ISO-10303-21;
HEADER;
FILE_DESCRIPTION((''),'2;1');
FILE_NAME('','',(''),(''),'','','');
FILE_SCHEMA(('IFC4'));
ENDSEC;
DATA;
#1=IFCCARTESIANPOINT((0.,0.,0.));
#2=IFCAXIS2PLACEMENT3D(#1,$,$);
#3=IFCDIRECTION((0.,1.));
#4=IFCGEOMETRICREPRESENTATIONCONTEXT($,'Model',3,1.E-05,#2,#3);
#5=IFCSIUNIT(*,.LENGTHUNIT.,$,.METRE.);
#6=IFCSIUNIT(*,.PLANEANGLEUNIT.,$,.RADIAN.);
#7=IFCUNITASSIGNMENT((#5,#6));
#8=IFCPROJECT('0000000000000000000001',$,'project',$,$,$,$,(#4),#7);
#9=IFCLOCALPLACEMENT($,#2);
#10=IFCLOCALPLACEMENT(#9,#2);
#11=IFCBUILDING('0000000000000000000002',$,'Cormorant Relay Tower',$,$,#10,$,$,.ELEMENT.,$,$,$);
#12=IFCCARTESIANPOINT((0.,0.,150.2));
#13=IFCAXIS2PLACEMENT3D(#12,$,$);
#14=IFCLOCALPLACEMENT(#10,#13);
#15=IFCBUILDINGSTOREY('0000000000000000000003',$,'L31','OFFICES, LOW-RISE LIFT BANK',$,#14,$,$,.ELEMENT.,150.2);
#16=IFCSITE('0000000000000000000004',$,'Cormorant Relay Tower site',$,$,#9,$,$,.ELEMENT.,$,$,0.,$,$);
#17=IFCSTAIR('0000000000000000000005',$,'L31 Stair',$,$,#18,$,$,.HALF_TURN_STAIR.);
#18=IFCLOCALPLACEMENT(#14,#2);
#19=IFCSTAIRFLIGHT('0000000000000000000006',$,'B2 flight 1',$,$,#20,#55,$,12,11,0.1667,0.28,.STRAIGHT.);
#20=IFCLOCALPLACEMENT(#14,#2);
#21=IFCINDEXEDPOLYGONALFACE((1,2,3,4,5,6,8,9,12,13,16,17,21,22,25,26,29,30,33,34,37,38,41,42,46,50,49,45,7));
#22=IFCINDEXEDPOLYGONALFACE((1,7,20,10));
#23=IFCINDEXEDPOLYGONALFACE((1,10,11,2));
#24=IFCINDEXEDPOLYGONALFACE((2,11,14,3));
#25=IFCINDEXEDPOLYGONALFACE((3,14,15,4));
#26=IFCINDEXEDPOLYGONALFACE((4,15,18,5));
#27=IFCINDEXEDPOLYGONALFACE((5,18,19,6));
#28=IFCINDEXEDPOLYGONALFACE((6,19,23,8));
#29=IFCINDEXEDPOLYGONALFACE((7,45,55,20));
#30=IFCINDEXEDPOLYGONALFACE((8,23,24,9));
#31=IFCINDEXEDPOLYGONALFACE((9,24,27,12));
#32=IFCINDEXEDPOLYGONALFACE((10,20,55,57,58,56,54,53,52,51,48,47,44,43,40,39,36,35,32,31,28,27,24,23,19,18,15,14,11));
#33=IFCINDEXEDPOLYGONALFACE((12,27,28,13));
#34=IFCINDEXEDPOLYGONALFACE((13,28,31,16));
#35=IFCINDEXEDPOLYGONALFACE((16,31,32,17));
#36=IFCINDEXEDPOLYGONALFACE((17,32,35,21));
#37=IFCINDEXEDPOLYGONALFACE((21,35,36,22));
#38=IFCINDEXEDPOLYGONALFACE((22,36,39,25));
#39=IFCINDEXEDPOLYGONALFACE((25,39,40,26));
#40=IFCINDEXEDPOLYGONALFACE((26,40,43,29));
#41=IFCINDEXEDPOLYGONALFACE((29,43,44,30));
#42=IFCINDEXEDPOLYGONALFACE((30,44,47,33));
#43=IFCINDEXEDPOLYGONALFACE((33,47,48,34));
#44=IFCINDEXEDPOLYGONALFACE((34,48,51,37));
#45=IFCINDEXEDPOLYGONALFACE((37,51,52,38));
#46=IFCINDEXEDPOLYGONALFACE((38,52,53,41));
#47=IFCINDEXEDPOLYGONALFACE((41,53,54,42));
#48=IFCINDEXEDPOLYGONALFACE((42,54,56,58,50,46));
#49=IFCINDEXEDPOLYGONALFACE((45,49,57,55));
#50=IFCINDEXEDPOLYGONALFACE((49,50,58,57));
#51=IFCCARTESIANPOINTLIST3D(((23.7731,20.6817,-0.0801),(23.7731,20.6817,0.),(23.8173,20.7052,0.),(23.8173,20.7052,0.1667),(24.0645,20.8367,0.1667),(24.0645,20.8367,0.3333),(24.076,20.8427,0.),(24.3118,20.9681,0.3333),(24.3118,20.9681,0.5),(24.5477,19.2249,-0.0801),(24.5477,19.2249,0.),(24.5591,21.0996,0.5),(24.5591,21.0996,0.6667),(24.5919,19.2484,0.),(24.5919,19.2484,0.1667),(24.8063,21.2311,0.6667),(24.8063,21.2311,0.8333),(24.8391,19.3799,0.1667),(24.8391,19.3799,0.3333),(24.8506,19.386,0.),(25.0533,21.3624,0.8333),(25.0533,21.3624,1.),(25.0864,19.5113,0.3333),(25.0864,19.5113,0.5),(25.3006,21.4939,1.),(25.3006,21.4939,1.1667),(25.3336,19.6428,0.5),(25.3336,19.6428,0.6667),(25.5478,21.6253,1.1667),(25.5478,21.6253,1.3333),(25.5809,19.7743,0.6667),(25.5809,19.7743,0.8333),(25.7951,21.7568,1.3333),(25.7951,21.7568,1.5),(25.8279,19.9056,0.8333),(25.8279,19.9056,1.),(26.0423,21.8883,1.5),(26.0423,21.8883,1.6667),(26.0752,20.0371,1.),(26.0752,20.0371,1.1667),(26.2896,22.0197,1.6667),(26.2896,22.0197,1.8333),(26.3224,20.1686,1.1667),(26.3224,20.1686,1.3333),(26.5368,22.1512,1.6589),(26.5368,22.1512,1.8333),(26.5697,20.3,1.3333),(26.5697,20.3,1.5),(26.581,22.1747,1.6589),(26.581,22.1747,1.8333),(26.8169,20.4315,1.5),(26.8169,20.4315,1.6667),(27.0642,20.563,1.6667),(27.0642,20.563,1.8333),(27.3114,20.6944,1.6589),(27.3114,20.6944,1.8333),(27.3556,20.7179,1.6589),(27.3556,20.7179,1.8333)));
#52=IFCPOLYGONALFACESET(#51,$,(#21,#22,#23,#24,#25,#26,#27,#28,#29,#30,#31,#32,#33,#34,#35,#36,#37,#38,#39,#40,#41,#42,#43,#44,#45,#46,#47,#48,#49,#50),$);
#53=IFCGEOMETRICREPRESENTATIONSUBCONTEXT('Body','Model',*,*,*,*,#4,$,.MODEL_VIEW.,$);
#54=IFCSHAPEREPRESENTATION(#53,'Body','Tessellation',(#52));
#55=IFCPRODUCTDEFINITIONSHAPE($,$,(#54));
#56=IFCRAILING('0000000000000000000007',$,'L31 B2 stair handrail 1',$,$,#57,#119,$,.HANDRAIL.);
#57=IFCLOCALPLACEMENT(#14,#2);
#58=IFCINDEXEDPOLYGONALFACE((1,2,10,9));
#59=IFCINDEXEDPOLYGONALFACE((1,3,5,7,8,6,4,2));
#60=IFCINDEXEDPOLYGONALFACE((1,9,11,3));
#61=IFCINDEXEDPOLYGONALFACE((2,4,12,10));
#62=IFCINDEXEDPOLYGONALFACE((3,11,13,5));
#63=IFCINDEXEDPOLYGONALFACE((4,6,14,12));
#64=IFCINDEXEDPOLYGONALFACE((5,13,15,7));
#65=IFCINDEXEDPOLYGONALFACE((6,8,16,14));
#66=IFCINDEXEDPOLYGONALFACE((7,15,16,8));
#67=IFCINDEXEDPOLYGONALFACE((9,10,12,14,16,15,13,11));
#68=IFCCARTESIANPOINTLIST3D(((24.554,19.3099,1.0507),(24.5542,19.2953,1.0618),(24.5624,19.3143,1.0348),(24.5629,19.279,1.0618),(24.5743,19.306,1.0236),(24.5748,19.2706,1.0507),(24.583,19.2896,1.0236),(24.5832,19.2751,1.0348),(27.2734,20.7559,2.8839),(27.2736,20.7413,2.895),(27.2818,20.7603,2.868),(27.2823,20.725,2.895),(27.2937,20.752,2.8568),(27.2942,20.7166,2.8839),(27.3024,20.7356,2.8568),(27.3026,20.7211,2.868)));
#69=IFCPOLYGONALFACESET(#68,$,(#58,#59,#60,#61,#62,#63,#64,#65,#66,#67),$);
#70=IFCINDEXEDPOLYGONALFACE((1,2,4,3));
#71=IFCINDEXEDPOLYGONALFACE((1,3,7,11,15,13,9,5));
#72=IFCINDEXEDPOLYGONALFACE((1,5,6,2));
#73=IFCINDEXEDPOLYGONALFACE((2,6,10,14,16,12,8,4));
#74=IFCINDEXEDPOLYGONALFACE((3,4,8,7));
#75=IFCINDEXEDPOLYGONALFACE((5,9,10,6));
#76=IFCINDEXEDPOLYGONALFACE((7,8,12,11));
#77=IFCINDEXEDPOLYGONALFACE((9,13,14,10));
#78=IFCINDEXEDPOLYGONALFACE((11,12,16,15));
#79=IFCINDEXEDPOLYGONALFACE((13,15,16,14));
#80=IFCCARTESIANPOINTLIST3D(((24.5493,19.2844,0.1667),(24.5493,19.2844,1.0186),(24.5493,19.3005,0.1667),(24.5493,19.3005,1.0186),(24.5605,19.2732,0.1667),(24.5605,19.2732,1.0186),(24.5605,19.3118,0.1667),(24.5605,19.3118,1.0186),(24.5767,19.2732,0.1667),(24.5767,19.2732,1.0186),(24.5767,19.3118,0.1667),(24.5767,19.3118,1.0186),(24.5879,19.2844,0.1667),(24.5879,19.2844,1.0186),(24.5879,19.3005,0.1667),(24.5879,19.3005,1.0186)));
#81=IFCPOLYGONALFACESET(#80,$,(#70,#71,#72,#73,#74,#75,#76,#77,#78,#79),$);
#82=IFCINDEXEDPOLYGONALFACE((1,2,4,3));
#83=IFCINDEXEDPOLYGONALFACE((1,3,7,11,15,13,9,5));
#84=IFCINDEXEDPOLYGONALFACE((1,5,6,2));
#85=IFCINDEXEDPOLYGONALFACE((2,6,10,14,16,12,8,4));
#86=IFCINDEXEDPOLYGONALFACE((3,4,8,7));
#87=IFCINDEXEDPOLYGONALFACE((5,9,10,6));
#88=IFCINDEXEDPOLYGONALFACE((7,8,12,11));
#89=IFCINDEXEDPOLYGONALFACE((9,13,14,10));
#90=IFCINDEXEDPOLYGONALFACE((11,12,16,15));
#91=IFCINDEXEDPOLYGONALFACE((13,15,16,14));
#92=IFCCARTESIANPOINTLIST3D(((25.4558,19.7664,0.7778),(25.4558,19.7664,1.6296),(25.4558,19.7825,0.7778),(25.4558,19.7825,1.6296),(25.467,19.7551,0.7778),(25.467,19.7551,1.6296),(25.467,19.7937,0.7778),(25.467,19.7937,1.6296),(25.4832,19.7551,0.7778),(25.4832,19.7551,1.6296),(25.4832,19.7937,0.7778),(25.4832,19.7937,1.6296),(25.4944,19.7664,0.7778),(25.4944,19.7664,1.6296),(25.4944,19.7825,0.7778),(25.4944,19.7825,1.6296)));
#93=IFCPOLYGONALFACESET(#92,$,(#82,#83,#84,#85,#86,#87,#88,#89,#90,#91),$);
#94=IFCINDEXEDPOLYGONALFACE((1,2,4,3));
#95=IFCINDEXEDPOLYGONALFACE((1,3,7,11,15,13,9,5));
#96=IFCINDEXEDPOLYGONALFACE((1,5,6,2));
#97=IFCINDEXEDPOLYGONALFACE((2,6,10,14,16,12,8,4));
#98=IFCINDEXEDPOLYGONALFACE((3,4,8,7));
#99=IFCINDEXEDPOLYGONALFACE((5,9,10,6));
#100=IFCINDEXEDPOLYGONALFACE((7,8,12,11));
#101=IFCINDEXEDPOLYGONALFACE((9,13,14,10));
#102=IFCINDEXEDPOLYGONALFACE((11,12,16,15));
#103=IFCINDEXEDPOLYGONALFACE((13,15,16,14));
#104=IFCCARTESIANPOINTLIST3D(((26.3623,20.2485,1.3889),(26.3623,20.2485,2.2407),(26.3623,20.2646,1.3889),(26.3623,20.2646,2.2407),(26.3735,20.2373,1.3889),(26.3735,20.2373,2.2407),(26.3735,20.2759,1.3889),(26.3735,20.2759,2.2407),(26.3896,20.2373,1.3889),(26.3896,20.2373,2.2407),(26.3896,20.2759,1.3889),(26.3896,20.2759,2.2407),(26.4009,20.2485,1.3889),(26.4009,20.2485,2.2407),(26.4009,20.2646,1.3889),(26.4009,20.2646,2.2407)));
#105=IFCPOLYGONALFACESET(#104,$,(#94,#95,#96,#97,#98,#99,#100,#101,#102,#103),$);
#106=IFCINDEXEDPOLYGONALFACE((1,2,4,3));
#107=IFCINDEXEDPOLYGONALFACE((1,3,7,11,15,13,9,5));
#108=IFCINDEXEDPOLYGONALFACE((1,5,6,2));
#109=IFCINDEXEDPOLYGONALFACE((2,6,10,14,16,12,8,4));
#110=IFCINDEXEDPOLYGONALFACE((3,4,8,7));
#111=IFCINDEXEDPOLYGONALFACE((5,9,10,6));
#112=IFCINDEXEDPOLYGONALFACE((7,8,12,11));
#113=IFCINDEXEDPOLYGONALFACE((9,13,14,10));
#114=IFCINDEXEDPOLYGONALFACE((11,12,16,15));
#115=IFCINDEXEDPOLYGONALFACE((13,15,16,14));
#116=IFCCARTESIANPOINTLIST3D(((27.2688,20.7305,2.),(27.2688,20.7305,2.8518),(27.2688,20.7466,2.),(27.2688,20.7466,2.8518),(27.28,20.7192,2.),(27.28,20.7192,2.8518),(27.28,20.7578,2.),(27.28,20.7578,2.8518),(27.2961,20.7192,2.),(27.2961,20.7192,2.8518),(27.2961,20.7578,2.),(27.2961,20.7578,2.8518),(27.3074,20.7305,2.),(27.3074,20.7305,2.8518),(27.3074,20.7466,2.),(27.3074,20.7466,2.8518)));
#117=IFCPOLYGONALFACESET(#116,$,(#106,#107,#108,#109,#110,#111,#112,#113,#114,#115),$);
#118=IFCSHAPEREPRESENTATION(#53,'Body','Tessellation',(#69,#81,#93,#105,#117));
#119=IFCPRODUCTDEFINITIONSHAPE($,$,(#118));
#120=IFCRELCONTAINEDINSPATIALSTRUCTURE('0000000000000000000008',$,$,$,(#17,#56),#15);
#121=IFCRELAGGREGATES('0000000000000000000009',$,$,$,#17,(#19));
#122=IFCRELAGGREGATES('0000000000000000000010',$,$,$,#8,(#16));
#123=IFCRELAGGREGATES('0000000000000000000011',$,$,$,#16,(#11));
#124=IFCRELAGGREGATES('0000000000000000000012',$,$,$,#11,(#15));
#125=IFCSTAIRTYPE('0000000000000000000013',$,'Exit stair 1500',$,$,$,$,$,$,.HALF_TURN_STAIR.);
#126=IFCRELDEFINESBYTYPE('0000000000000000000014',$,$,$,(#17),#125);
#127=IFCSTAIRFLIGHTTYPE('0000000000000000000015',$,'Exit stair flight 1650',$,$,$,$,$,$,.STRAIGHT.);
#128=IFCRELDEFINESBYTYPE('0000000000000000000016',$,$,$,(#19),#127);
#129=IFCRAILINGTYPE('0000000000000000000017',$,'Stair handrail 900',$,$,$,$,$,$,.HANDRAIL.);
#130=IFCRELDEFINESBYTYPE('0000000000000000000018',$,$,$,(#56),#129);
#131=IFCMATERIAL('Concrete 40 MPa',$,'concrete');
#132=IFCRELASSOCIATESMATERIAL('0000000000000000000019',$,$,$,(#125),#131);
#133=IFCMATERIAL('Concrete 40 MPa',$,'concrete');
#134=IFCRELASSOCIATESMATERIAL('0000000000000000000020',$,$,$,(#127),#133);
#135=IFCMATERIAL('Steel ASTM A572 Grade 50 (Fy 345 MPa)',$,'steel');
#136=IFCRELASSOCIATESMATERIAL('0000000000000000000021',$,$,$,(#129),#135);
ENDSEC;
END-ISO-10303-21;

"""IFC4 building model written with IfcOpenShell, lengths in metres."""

from ifc_helpers import new_model, si_unit, direction, frame, origin, place, context, subcontext, project, spatial, polyline, outline, extrude, material, type_object, element, aggregate, save


model = new_model("IFC4")

# Units and contexts
model_context = context("Model", 3, precision=1e-05, world=origin(), true_north=direction((0.0, 1.0)))
body_context = subcontext(model_context, "Body", "Model", "MODEL_VIEW")
ifc_project = project(units=[si_unit("LENGTHUNIT", "METRE"), si_unit("PLANEANGLEUNIT", "RADIAN")], contexts=[model_context])

# Site, building, storey
site_placement = place(None, origin())
site = spatial("IfcSite", under=ifc_project, at=site_placement, Name="Cormorant Relay Tower site", CompositionType="ELEMENT", RefElevation=0.0)
building_placement = place(site_placement, origin())
building = spatial("IfcBuilding", under=site, at=building_placement, Name="Cormorant Relay Tower", CompositionType="ELEMENT")
storey_placement = place(building_placement, frame((0.0, 0.0, 150.2)))
storey = spatial("IfcBuildingStorey", under=building, at=storey_placement, Name="L31", Description="OFFICES, LOW-RISE LIFT BANK", CompositionType="ELEMENT", Elevation=150.2)

# Stair, stair flight
ifc_material_1 = material(Name="Concrete 40 MPa", Category="concrete")
stair_type = type_object("IfcStairType", Name="Exit stair 1500", PredefinedType="HALF_TURN_STAIR", material=ifc_material_1)
stair_placement = place(storey_placement, origin())
stair = element("IfcStair", 1, at=stair_placement, inside=storey, type_object=stair_type, Name="L31 Stair", PredefinedType="HALF_TURN_STAIR")
ifc_material_2 = material(Name="Concrete 40 MPa", Category="concrete")
stair_flight_type = type_object("IfcStairFlightType", Name="Exit stair flight 1650", PredefinedType="STRAIGHT", material=ifc_material_2)
stair_flight_placement = place(storey_placement, frame((24.2046, 19.9768, 0.0), z_axis=(0.0, 0.0, 1.0), x_axis=(0.882948, 0.469472, 0.0)))
stair_flight = element("IfcStairFlight", 2, at=stair_flight_placement, type_object=stair_flight_type, Name="B2 flight 1", NumberOfRisers=12, NumberOfTreads=11, PredefinedType="STRAIGHT", RiserHeight=0.1667, TreadLength=0.28, context=body_context, shape_type="SweptSolid", body=[
    extrude(outline(polyline([(-0.05, -0.0801), (-0.05, 0.0), (0.0, 0.0), (0.0, 0.1667), (0.28, 0.1667), (0.28, 0.3333), (0.5601, 0.3333), (0.5601, 0.5), (0.8401, 0.5), (0.8401, 0.6667), (1.1201, 0.6667), (1.1201, 0.8333), (1.3999, 0.8333), (1.3999, 1.0), (1.6799, 1.0), (1.6799, 1.1667), (1.96, 1.1667), (1.96, 1.3333), (2.24, 1.3333), (2.24, 1.5), (2.52, 1.5), (2.52, 1.6667), (2.8, 1.6667), (2.8, 1.8333), (3.0801, 1.8333), (3.1301, 1.8333), (3.1301, 1.6589), (3.0801, 1.6589), (0.293, 0.0), (-0.05, -0.0801)])), frame((0.0, 0.825, 0.0), z_axis=(0.0, -1.0, 0.0), x_axis=(1.0, 0.0, 0.0)), (0.0, 0.0, 1.0), 1.6499),
])
aggregate(stair, [stair_flight])

# Railing
ifc_material_3 = material(Name="Steel ASTM A572 Grade 50 (Fy 345 MPa)", Category="steel")
railing_type = type_object("IfcRailingType", Name="Stair handrail 900", PredefinedType="HANDRAIL", material=ifc_material_3)
railing_placement = place(storey_placement, frame((24.5686, 19.2925, 0.1667)))
element("IfcRailing", 3, at=railing_placement, inside=storey, type_object=railing_type, Name="L31 B2 stair handrail 1", PredefinedType="HANDRAIL", context=body_context, shape_type="SweptSolid", body=[
    extrude(outline(polyline([(0.0222, 0.0093), (0.0093, 0.0222), (-0.0093, 0.0222), (-0.0222, 0.0093), (-0.0222, -0.0093), (-0.0093, -0.0222), (0.0093, -0.0222), (0.0222, -0.0093), (0.0222, 0.0093)])), frame((0.0, 0.0, 0.876), z_axis=(0.758714, 0.403435, 0.511463), x_axis=(-0.469489, 0.882938, 0.0)), (0.0, 0.0, 1.0), 3.5842),
    extrude(outline(polyline([(0.0193, 0.0081), (0.0081, 0.0193), (-0.0081, 0.0193), (-0.0193, 0.0081), (-0.0193, -0.0081), (-0.0081, -0.0193), (0.0081, -0.0193), (0.0193, -0.0081), (0.0193, 0.0081)])), origin(), (0.0, 0.0, 1.0), 0.8518),
    extrude(outline(polyline([(0.0193, 0.0081), (0.0081, 0.0193), (-0.0081, 0.0193), (-0.0193, 0.0081), (-0.0193, -0.0081), (-0.0081, -0.0193), (0.0081, -0.0193), (0.0193, -0.0081), (0.0193, 0.0081)])), frame((0.9065, 0.4819, 0.6111)), (0.0, 0.0, 1.0), 0.8518),
    extrude(outline(polyline([(0.0193, 0.0081), (0.0081, 0.0193), (-0.0081, 0.0193), (-0.0193, 0.0081), (-0.0193, -0.0081), (-0.0081, -0.0193), (0.0081, -0.0193), (0.0193, -0.0081), (0.0193, 0.0081)])), frame((1.813, 0.9641, 1.2222)), (0.0, 0.0, 1.0), 0.8518),
    extrude(outline(polyline([(0.0193, 0.0081), (0.0081, 0.0193), (-0.0081, 0.0193), (-0.0193, 0.0081), (-0.0193, -0.0081), (-0.0081, -0.0193), (0.0081, -0.0193), (0.0193, -0.0081), (0.0193, 0.0081)])), frame((2.7195, 1.446, 1.8333)), (0.0, 0.0, 1.0), 0.8518),
])

save(model, "model.ifc")
